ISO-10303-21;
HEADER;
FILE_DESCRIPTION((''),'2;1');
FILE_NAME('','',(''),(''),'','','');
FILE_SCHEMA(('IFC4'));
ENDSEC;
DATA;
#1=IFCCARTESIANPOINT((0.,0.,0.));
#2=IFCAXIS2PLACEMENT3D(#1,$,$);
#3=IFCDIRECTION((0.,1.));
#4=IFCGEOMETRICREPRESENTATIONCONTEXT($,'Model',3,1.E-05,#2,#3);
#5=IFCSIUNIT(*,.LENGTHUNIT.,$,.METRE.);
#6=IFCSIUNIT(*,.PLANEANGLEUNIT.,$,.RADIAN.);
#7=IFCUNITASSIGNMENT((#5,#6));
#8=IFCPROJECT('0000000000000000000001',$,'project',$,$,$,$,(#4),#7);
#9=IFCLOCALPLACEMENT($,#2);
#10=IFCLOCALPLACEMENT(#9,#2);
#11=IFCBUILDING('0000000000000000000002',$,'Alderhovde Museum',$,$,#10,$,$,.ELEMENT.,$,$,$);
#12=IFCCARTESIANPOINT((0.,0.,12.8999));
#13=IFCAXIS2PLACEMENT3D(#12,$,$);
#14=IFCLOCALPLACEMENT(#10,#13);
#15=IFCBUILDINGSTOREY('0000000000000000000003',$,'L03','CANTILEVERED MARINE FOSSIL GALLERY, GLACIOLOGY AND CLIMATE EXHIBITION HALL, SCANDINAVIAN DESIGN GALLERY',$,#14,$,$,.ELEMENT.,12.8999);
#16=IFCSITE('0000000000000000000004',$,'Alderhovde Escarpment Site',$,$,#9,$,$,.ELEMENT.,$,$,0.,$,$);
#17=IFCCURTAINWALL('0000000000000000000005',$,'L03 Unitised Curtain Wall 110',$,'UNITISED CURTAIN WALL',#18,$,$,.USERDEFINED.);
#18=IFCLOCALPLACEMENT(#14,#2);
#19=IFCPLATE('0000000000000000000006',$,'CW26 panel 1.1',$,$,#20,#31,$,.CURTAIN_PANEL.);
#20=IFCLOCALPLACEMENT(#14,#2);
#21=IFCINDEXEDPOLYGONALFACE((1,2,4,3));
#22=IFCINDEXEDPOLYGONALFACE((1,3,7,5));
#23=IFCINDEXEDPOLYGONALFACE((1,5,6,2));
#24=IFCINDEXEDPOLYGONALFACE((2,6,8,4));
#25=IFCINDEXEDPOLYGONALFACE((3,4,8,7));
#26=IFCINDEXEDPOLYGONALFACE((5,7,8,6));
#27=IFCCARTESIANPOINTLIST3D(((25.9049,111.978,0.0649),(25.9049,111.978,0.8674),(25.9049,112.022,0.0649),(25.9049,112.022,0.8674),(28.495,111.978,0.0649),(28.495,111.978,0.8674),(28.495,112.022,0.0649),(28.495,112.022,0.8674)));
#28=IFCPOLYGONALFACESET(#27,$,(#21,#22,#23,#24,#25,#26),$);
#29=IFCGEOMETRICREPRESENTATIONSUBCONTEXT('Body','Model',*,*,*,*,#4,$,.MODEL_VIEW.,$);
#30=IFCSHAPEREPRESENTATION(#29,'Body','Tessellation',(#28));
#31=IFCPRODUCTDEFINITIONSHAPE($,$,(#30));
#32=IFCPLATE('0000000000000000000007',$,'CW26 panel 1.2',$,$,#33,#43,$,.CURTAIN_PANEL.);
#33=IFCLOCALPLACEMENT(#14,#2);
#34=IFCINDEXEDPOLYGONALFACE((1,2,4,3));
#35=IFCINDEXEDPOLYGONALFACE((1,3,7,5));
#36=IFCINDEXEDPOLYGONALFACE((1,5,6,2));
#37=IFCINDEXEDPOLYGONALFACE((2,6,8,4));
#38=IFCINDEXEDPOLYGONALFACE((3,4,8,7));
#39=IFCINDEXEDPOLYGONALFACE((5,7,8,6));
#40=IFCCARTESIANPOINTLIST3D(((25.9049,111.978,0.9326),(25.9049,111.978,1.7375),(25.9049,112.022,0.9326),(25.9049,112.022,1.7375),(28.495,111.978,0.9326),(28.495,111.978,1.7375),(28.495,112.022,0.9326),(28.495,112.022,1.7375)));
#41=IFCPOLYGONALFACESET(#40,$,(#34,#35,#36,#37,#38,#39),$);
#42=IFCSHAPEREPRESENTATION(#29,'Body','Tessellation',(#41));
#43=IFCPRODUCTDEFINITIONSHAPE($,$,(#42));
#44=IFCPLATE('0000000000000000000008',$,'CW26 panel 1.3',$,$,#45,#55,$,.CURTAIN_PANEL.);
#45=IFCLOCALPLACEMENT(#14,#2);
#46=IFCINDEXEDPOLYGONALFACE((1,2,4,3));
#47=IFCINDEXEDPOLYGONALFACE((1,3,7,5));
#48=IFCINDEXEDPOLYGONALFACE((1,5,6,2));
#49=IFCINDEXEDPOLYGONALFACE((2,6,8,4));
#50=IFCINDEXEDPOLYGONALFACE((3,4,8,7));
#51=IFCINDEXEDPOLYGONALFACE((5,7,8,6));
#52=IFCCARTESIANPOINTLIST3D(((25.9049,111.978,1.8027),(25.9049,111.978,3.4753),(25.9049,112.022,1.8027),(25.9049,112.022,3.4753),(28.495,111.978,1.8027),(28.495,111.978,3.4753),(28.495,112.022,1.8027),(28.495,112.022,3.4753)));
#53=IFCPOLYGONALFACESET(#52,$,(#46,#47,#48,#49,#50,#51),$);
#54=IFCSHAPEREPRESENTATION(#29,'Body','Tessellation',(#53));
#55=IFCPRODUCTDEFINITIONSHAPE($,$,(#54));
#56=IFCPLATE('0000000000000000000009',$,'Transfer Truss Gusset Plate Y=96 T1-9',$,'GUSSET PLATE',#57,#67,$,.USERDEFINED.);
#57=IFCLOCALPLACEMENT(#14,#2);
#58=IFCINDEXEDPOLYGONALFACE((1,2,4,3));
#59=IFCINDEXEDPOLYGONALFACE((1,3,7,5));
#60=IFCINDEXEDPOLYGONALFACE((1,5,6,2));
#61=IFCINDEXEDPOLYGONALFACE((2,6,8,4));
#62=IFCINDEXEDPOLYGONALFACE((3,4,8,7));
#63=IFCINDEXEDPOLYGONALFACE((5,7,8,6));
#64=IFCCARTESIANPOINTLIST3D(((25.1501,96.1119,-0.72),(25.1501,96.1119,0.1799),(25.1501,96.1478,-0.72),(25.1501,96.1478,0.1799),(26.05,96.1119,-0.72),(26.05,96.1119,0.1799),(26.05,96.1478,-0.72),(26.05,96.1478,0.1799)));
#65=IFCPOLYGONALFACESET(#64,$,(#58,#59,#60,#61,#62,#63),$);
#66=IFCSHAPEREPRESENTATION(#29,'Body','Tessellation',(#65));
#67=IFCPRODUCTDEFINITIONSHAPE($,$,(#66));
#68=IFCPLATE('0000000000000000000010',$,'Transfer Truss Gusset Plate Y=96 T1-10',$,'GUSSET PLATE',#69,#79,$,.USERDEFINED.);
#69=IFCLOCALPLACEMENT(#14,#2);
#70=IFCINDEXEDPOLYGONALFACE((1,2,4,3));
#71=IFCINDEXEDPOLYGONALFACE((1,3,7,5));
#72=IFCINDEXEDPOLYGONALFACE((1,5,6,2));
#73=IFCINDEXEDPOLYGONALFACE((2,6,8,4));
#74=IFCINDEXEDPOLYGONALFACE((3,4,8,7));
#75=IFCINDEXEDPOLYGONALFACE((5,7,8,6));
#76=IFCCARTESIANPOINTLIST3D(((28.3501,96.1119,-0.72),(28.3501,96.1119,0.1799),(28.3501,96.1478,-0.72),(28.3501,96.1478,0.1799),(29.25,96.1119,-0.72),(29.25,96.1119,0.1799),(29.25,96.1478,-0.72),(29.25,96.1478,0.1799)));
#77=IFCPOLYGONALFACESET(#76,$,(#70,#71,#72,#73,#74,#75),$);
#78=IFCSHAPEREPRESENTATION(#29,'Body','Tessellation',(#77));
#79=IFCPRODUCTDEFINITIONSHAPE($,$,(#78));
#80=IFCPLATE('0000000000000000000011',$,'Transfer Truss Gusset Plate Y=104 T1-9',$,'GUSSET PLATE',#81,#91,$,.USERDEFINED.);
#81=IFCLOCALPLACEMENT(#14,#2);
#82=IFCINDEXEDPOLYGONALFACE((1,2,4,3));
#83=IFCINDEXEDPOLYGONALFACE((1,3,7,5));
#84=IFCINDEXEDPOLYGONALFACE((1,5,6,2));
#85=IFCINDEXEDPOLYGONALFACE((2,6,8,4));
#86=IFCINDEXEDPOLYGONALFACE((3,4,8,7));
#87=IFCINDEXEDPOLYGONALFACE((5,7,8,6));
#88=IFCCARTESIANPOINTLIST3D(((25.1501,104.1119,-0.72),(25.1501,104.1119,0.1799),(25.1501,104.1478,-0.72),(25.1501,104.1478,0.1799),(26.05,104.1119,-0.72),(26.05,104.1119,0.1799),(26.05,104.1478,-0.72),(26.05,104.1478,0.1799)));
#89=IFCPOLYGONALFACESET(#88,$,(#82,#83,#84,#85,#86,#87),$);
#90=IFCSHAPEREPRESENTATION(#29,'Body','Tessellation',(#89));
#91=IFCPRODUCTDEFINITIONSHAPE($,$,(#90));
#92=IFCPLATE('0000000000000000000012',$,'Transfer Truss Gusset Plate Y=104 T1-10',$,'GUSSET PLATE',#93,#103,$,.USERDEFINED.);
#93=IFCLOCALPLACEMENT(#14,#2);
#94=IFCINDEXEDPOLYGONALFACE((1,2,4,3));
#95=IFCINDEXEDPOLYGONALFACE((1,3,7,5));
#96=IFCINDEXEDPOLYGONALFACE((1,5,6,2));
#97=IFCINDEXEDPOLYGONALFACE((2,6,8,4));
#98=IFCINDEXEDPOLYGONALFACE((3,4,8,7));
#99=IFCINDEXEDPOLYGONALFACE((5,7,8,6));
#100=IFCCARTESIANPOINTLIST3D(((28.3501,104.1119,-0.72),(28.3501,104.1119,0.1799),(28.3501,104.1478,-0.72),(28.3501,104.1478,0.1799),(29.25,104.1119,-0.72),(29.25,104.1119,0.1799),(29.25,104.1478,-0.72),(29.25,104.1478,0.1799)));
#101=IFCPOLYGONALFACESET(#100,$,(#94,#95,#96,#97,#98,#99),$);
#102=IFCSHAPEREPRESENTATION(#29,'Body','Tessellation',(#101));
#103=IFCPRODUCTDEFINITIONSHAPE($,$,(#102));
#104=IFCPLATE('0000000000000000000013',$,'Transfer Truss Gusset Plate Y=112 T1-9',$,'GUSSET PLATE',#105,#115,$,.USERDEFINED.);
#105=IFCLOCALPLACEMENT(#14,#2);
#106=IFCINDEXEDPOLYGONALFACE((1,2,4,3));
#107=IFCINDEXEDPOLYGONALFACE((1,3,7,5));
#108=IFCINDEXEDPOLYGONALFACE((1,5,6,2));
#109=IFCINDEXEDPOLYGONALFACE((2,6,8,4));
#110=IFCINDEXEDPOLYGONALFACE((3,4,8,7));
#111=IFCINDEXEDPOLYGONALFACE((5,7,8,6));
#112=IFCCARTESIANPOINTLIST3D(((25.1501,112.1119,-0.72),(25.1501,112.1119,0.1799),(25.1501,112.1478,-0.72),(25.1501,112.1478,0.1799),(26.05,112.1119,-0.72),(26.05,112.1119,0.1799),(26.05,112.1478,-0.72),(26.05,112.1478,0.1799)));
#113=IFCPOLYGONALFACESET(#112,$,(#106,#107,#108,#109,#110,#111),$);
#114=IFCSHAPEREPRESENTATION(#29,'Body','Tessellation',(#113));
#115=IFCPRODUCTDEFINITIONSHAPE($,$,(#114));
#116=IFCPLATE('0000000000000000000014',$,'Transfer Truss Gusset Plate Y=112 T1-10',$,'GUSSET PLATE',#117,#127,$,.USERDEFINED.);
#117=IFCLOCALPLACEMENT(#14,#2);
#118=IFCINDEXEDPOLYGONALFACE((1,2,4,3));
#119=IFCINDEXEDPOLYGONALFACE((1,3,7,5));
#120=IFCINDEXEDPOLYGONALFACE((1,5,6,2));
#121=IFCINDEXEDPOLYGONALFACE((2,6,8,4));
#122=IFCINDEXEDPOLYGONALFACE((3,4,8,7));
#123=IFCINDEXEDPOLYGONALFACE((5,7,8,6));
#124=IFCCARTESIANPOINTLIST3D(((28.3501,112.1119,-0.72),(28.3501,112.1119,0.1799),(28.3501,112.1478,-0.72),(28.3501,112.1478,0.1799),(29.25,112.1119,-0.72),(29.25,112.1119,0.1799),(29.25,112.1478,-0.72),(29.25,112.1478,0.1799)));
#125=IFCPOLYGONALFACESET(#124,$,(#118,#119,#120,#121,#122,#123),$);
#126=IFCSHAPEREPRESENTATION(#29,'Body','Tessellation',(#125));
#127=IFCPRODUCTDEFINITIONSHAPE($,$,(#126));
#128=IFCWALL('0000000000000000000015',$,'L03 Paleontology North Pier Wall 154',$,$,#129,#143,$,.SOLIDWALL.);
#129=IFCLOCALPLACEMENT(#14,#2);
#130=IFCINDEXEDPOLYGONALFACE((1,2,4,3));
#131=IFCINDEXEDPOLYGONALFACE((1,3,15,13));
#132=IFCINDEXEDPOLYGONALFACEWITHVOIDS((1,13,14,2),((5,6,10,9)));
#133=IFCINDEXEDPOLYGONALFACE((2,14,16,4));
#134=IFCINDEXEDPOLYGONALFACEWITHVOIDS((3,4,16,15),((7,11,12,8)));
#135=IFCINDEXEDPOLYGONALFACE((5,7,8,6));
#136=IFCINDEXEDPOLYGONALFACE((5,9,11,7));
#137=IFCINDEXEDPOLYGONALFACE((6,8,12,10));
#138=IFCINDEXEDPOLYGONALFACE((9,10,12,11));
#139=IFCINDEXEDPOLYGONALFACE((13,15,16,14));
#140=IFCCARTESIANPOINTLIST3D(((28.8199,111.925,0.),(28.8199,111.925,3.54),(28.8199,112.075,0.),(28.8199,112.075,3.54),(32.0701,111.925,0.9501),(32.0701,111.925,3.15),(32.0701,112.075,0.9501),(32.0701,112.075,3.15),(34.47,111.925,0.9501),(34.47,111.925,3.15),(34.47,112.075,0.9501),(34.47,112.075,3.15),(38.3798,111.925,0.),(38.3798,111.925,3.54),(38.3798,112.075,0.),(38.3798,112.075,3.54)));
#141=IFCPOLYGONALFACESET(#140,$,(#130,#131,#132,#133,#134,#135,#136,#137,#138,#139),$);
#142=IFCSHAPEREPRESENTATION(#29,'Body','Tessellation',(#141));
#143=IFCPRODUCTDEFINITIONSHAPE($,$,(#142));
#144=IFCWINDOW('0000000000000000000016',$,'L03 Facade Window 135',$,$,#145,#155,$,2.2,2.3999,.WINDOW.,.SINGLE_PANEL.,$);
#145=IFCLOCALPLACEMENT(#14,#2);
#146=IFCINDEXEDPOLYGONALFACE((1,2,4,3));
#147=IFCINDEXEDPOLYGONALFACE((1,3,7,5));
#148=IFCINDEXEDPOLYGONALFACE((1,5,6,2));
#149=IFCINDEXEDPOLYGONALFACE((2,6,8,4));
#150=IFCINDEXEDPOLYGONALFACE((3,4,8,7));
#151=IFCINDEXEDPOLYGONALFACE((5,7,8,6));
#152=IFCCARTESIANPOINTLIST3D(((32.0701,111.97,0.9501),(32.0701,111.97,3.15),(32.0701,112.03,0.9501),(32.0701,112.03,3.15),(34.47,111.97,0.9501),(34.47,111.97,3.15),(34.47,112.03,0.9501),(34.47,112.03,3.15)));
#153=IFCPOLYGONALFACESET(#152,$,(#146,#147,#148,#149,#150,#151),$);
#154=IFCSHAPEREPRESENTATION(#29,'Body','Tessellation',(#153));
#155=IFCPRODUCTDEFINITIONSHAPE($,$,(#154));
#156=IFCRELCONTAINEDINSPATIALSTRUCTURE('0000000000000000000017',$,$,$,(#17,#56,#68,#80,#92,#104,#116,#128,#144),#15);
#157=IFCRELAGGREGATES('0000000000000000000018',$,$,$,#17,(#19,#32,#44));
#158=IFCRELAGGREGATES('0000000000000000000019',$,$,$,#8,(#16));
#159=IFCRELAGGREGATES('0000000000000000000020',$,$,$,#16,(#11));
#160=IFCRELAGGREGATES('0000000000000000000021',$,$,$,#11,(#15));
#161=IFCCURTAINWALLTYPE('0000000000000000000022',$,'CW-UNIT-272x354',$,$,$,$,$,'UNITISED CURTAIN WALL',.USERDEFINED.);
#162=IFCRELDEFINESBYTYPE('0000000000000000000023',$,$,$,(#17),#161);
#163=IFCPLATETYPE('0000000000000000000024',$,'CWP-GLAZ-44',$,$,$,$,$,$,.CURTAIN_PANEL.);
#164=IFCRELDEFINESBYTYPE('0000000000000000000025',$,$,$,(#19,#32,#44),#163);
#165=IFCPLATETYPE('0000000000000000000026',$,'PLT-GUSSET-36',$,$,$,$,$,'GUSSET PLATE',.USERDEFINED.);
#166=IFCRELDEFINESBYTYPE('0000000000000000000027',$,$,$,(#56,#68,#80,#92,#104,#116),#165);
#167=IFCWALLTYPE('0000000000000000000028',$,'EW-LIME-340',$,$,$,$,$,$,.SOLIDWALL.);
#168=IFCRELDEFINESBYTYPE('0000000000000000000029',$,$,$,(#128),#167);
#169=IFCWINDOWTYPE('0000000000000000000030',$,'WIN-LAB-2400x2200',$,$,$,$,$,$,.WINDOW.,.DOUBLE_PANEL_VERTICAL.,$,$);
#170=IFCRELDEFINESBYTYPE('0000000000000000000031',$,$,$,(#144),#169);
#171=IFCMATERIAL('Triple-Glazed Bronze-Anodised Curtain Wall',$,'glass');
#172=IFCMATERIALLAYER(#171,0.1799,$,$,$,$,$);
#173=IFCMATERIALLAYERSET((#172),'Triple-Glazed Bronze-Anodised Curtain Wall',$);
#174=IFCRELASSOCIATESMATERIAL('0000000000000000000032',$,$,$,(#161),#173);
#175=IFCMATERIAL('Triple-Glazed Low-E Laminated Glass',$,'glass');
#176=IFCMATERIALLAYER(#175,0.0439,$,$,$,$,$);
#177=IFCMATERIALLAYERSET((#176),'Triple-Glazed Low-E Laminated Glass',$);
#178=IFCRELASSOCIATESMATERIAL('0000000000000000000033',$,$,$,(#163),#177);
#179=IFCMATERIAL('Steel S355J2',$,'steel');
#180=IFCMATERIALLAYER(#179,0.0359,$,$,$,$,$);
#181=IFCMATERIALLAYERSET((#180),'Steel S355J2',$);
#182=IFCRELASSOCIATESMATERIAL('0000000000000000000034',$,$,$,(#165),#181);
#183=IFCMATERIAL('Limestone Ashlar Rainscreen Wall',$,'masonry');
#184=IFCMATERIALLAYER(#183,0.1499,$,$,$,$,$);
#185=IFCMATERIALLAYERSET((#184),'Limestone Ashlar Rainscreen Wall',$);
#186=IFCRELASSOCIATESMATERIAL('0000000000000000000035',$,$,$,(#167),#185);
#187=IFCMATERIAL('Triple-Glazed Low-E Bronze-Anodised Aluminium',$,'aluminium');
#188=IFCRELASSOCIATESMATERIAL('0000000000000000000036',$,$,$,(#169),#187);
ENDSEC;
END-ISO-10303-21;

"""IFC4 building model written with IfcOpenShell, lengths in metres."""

from ifc_helpers import new_model, si_unit, direction, frame, frame_2d, origin, origin_2d, place, context, subcontext, project, spatial, rectangle, extrude, material, layer, layer_set, type_object, element, fill, aggregate, save


model = new_model("IFC4")

# Units and contexts
model_context = context("Model", 3, precision=1e-05, world=origin(), true_north=direction((0.0, 1.0)))
body_context = subcontext(model_context, "Body", "Model", "MODEL_VIEW")
ifc_project = project(units=[si_unit("LENGTHUNIT", "METRE"), si_unit("PLANEANGLEUNIT", "RADIAN")], contexts=[model_context])

# Site, building, storey
site_placement = place(None, origin())
site = spatial("IfcSite", under=ifc_project, at=site_placement, Name="Alderhovde Escarpment Site", CompositionType="ELEMENT", RefElevation=0.0)
building_placement = place(site_placement, origin())
building = spatial("IfcBuilding", under=site, at=building_placement, Name="Alderhovde Museum", CompositionType="ELEMENT")
storey_placement = place(building_placement, frame((0.0, 0.0, 12.8999)))
storey = spatial("IfcBuildingStorey", under=building, at=storey_placement, Name="L03", Description="CANTILEVERED MARINE FOSSIL GALLERY, GLACIOLOGY AND CLIMATE EXHIBITION HALL, SCANDINAVIAN DESIGN GALLERY", CompositionType="ELEMENT", Elevation=12.8999)

# Curtain wall
ifc_material_1 = material(Name="Triple-Glazed Bronze-Anodised Curtain Wall", Category="glass")
ifc_layer_1 = layer(ifc_material_1, 0.1799)
ifc_layer_set_1 = layer_set([ifc_layer_1], Name="Triple-Glazed Bronze-Anodised Curtain Wall")
curtain_wall_type = type_object("IfcCurtainWallType", Name="CW-UNIT-272x354", ElementType="UNITISED CURTAIN WALL", PredefinedType="USERDEFINED", material=ifc_layer_set_1)
curtain_wall_placement = place(storey_placement, origin())
curtain_wall = element("IfcCurtainWall", 1, at=curtain_wall_placement, inside=storey, type_object=curtain_wall_type, Name="L03 Unitised Curtain Wall 110", ObjectType="UNITISED CURTAIN WALL", PredefinedType="USERDEFINED")

# Plates
ifc_material_2 = material(Name="Triple-Glazed Low-E Laminated Glass", Category="glass")
ifc_layer_2 = layer(ifc_material_2, 0.0439)
ifc_layer_set_2 = layer_set([ifc_layer_2], Name="Triple-Glazed Low-E Laminated Glass")
plate_type_1 = type_object("IfcPlateType", Name="CWP-GLAZ-44", PredefinedType="CURTAIN_PANEL", material=ifc_layer_set_2)
plate_1_placement = place(storey_placement, frame((27.2, 112.0, 0.0649), z_axis=(0.0, 0.0, 1.0), x_axis=(1.0, 0.0, 0.0)))
plate_1 = element("IfcPlate", 2, at=plate_1_placement, type_object=plate_type_1, Name="CW26 panel 1.1", PredefinedType="CURTAIN_PANEL", context=body_context, shape_type="SweptSolid", body=[
    extrude(rectangle(XDim=2.5901, YDim=0.0439, at=origin_2d()), origin(), (0.0, 0.0, 1.0), 0.8025),
])
plate_2_placement = place(storey_placement, frame((27.2, 112.0, 0.9326), z_axis=(0.0, 0.0, 1.0), x_axis=(1.0, 0.0, 0.0)))
plate_2 = element("IfcPlate", 3, at=plate_2_placement, type_object=plate_type_1, Name="CW26 panel 1.2", PredefinedType="CURTAIN_PANEL", context=body_context, shape_type="SweptSolid", body=[
    extrude(rectangle(XDim=2.5901, YDim=0.0439, at=origin_2d()), origin(), (0.0, 0.0, 1.0), 0.8049),
])
plate_3_placement = place(storey_placement, frame((27.2, 112.0, 1.8027), z_axis=(0.0, 0.0, 1.0), x_axis=(1.0, 0.0, 0.0)))
plate_3 = element("IfcPlate", 4, at=plate_3_placement, type_object=plate_type_1, Name="CW26 panel 1.3", PredefinedType="CURTAIN_PANEL", context=body_context, shape_type="SweptSolid", body=[
    extrude(rectangle(XDim=2.5901, YDim=0.0439, at=origin_2d()), origin(), (0.0, 0.0, 1.0), 1.6726),
])
aggregate(curtain_wall, [plate_1, plate_2, plate_3])

# Plates
ifc_material_3 = material(Name="Steel S355J2", Category="steel")
ifc_layer_3 = layer(ifc_material_3, 0.0359)
ifc_layer_set_3 = layer_set([ifc_layer_3], Name="Steel S355J2")
plate_type_2 = type_object("IfcPlateType", Name="PLT-GUSSET-36", ElementType="GUSSET PLATE", PredefinedType="USERDEFINED", material=ifc_layer_set_3)
for number, where, z_axis, x_axis, name in (
    (5, (25.6001, 96.1299, -0.72), (0.0, 0.0, 1.0), (1.0, 0.0, 0.0), "Transfer Truss Gusset Plate Y=96 T1-9"),
    (6, (28.8, 96.1299, -0.72), (0.0, 0.0, 1.0), (1.0, 0.0, 0.0), "Transfer Truss Gusset Plate Y=96 T1-10"),
    (7, (25.6001, 104.1299, -0.72), (0.0, 0.0, 1.0), (1.0, 0.0, 0.0), "Transfer Truss Gusset Plate Y=104 T1-9"),
    (8, (28.8, 104.1299, -0.72), (0.0, 0.0, 1.0), (1.0, 0.0, 0.0), "Transfer Truss Gusset Plate Y=104 T1-10"),
    (9, (25.6001, 112.1299, -0.72), (0.0, 0.0, 1.0), (1.0, 0.0, 0.0), "Transfer Truss Gusset Plate Y=112 T1-9"),
    (10, (28.8, 112.1299, -0.72), (0.0, 0.0, 1.0), (1.0, 0.0, 0.0), "Transfer Truss Gusset Plate Y=112 T1-10"),
):
    element("IfcPlate", number, at=place(storey_placement, frame(where, z_axis=z_axis, x_axis=x_axis)), inside=storey, type_object=plate_type_2, Name=name, ObjectType="GUSSET PLATE", PredefinedType="USERDEFINED", context=body_context, shape_type="SweptSolid", body=[
        extrude(rectangle(XDim=0.8999, YDim=0.0359, at=origin_2d()), origin(), (0.0, 0.0, 1.0), 0.8999),
    ])

# Wall, opening, window
ifc_material_4 = material(Name="Limestone Ashlar Rainscreen Wall", Category="masonry")
ifc_layer_4 = layer(ifc_material_4, 0.1499)
ifc_layer_set_4 = layer_set([ifc_layer_4], Name="Limestone Ashlar Rainscreen Wall")
wall_type = type_object("IfcWallType", Name="EW-LIME-340", PredefinedType="SOLIDWALL", material=ifc_layer_set_4)
wall_placement = place(storey_placement, frame((28.8201, 112.0, 0.0), z_axis=(0.0, 0.0, 1.0), x_axis=(1.0, 0.0, 0.0)))
wall = element("IfcWall", 11, at=wall_placement, inside=storey, type_object=wall_type, Name="L03 Paleontology North Pier Wall 154", PredefinedType="SOLIDWALL", context=body_context, shape_type="SweptSolid", body=[
    extrude(rectangle(XDim=9.5598, YDim=0.1499, at=frame_2d((4.7798, 0.0))), origin(), (0.0, 0.0, 1.0), 3.54),
])
opening_placement = place(wall_placement, frame((3.25, 0.0, 0.95)))
opening = element("IfcOpeningElement", 12, at=opening_placement, cuts=wall, PredefinedType="OPENING", context=body_context, shape_type="SweptSolid", body=[
    extrude(rectangle(XDim=2.3999, YDim=2.2, at=frame_2d((1.2, 1.1001))), frame((0.0, 0.085, 0.0), z_axis=(0.0, -1.0, 0.0), x_axis=(1.0, 0.0, 0.0)), (0.0, 0.0, 1.0), 0.1699),
])
ifc_material_5 = material(Name="Triple-Glazed Low-E Bronze-Anodised Aluminium", Category="aluminium")
window_type = type_object("IfcWindowType", Name="WIN-LAB-2400x2200", PartitioningType="DOUBLE_PANEL_VERTICAL", PredefinedType="WINDOW", material=ifc_material_5)
window_placement = place(opening_placement, origin())
window = element("IfcWindow", 13, at=window_placement, inside=storey, type_object=window_type, Name="L03 Facade Window 135", OverallHeight=2.2, OverallWidth=2.3999, PartitioningType="SINGLE_PANEL", PredefinedType="WINDOW", context=body_context, shape_type="SweptSolid", body=[
    extrude(rectangle(XDim=2.3999, YDim=2.2, at=frame_2d((1.2, 1.1001))), frame((0.0, 0.03, 0.0), z_axis=(0.0, -1.0, 0.0), x_axis=(1.0, 0.0, 0.0)), (0.0, 0.0, 1.0), 0.0601),
])
fill(opening, window)

save(model, "model.ifc")
